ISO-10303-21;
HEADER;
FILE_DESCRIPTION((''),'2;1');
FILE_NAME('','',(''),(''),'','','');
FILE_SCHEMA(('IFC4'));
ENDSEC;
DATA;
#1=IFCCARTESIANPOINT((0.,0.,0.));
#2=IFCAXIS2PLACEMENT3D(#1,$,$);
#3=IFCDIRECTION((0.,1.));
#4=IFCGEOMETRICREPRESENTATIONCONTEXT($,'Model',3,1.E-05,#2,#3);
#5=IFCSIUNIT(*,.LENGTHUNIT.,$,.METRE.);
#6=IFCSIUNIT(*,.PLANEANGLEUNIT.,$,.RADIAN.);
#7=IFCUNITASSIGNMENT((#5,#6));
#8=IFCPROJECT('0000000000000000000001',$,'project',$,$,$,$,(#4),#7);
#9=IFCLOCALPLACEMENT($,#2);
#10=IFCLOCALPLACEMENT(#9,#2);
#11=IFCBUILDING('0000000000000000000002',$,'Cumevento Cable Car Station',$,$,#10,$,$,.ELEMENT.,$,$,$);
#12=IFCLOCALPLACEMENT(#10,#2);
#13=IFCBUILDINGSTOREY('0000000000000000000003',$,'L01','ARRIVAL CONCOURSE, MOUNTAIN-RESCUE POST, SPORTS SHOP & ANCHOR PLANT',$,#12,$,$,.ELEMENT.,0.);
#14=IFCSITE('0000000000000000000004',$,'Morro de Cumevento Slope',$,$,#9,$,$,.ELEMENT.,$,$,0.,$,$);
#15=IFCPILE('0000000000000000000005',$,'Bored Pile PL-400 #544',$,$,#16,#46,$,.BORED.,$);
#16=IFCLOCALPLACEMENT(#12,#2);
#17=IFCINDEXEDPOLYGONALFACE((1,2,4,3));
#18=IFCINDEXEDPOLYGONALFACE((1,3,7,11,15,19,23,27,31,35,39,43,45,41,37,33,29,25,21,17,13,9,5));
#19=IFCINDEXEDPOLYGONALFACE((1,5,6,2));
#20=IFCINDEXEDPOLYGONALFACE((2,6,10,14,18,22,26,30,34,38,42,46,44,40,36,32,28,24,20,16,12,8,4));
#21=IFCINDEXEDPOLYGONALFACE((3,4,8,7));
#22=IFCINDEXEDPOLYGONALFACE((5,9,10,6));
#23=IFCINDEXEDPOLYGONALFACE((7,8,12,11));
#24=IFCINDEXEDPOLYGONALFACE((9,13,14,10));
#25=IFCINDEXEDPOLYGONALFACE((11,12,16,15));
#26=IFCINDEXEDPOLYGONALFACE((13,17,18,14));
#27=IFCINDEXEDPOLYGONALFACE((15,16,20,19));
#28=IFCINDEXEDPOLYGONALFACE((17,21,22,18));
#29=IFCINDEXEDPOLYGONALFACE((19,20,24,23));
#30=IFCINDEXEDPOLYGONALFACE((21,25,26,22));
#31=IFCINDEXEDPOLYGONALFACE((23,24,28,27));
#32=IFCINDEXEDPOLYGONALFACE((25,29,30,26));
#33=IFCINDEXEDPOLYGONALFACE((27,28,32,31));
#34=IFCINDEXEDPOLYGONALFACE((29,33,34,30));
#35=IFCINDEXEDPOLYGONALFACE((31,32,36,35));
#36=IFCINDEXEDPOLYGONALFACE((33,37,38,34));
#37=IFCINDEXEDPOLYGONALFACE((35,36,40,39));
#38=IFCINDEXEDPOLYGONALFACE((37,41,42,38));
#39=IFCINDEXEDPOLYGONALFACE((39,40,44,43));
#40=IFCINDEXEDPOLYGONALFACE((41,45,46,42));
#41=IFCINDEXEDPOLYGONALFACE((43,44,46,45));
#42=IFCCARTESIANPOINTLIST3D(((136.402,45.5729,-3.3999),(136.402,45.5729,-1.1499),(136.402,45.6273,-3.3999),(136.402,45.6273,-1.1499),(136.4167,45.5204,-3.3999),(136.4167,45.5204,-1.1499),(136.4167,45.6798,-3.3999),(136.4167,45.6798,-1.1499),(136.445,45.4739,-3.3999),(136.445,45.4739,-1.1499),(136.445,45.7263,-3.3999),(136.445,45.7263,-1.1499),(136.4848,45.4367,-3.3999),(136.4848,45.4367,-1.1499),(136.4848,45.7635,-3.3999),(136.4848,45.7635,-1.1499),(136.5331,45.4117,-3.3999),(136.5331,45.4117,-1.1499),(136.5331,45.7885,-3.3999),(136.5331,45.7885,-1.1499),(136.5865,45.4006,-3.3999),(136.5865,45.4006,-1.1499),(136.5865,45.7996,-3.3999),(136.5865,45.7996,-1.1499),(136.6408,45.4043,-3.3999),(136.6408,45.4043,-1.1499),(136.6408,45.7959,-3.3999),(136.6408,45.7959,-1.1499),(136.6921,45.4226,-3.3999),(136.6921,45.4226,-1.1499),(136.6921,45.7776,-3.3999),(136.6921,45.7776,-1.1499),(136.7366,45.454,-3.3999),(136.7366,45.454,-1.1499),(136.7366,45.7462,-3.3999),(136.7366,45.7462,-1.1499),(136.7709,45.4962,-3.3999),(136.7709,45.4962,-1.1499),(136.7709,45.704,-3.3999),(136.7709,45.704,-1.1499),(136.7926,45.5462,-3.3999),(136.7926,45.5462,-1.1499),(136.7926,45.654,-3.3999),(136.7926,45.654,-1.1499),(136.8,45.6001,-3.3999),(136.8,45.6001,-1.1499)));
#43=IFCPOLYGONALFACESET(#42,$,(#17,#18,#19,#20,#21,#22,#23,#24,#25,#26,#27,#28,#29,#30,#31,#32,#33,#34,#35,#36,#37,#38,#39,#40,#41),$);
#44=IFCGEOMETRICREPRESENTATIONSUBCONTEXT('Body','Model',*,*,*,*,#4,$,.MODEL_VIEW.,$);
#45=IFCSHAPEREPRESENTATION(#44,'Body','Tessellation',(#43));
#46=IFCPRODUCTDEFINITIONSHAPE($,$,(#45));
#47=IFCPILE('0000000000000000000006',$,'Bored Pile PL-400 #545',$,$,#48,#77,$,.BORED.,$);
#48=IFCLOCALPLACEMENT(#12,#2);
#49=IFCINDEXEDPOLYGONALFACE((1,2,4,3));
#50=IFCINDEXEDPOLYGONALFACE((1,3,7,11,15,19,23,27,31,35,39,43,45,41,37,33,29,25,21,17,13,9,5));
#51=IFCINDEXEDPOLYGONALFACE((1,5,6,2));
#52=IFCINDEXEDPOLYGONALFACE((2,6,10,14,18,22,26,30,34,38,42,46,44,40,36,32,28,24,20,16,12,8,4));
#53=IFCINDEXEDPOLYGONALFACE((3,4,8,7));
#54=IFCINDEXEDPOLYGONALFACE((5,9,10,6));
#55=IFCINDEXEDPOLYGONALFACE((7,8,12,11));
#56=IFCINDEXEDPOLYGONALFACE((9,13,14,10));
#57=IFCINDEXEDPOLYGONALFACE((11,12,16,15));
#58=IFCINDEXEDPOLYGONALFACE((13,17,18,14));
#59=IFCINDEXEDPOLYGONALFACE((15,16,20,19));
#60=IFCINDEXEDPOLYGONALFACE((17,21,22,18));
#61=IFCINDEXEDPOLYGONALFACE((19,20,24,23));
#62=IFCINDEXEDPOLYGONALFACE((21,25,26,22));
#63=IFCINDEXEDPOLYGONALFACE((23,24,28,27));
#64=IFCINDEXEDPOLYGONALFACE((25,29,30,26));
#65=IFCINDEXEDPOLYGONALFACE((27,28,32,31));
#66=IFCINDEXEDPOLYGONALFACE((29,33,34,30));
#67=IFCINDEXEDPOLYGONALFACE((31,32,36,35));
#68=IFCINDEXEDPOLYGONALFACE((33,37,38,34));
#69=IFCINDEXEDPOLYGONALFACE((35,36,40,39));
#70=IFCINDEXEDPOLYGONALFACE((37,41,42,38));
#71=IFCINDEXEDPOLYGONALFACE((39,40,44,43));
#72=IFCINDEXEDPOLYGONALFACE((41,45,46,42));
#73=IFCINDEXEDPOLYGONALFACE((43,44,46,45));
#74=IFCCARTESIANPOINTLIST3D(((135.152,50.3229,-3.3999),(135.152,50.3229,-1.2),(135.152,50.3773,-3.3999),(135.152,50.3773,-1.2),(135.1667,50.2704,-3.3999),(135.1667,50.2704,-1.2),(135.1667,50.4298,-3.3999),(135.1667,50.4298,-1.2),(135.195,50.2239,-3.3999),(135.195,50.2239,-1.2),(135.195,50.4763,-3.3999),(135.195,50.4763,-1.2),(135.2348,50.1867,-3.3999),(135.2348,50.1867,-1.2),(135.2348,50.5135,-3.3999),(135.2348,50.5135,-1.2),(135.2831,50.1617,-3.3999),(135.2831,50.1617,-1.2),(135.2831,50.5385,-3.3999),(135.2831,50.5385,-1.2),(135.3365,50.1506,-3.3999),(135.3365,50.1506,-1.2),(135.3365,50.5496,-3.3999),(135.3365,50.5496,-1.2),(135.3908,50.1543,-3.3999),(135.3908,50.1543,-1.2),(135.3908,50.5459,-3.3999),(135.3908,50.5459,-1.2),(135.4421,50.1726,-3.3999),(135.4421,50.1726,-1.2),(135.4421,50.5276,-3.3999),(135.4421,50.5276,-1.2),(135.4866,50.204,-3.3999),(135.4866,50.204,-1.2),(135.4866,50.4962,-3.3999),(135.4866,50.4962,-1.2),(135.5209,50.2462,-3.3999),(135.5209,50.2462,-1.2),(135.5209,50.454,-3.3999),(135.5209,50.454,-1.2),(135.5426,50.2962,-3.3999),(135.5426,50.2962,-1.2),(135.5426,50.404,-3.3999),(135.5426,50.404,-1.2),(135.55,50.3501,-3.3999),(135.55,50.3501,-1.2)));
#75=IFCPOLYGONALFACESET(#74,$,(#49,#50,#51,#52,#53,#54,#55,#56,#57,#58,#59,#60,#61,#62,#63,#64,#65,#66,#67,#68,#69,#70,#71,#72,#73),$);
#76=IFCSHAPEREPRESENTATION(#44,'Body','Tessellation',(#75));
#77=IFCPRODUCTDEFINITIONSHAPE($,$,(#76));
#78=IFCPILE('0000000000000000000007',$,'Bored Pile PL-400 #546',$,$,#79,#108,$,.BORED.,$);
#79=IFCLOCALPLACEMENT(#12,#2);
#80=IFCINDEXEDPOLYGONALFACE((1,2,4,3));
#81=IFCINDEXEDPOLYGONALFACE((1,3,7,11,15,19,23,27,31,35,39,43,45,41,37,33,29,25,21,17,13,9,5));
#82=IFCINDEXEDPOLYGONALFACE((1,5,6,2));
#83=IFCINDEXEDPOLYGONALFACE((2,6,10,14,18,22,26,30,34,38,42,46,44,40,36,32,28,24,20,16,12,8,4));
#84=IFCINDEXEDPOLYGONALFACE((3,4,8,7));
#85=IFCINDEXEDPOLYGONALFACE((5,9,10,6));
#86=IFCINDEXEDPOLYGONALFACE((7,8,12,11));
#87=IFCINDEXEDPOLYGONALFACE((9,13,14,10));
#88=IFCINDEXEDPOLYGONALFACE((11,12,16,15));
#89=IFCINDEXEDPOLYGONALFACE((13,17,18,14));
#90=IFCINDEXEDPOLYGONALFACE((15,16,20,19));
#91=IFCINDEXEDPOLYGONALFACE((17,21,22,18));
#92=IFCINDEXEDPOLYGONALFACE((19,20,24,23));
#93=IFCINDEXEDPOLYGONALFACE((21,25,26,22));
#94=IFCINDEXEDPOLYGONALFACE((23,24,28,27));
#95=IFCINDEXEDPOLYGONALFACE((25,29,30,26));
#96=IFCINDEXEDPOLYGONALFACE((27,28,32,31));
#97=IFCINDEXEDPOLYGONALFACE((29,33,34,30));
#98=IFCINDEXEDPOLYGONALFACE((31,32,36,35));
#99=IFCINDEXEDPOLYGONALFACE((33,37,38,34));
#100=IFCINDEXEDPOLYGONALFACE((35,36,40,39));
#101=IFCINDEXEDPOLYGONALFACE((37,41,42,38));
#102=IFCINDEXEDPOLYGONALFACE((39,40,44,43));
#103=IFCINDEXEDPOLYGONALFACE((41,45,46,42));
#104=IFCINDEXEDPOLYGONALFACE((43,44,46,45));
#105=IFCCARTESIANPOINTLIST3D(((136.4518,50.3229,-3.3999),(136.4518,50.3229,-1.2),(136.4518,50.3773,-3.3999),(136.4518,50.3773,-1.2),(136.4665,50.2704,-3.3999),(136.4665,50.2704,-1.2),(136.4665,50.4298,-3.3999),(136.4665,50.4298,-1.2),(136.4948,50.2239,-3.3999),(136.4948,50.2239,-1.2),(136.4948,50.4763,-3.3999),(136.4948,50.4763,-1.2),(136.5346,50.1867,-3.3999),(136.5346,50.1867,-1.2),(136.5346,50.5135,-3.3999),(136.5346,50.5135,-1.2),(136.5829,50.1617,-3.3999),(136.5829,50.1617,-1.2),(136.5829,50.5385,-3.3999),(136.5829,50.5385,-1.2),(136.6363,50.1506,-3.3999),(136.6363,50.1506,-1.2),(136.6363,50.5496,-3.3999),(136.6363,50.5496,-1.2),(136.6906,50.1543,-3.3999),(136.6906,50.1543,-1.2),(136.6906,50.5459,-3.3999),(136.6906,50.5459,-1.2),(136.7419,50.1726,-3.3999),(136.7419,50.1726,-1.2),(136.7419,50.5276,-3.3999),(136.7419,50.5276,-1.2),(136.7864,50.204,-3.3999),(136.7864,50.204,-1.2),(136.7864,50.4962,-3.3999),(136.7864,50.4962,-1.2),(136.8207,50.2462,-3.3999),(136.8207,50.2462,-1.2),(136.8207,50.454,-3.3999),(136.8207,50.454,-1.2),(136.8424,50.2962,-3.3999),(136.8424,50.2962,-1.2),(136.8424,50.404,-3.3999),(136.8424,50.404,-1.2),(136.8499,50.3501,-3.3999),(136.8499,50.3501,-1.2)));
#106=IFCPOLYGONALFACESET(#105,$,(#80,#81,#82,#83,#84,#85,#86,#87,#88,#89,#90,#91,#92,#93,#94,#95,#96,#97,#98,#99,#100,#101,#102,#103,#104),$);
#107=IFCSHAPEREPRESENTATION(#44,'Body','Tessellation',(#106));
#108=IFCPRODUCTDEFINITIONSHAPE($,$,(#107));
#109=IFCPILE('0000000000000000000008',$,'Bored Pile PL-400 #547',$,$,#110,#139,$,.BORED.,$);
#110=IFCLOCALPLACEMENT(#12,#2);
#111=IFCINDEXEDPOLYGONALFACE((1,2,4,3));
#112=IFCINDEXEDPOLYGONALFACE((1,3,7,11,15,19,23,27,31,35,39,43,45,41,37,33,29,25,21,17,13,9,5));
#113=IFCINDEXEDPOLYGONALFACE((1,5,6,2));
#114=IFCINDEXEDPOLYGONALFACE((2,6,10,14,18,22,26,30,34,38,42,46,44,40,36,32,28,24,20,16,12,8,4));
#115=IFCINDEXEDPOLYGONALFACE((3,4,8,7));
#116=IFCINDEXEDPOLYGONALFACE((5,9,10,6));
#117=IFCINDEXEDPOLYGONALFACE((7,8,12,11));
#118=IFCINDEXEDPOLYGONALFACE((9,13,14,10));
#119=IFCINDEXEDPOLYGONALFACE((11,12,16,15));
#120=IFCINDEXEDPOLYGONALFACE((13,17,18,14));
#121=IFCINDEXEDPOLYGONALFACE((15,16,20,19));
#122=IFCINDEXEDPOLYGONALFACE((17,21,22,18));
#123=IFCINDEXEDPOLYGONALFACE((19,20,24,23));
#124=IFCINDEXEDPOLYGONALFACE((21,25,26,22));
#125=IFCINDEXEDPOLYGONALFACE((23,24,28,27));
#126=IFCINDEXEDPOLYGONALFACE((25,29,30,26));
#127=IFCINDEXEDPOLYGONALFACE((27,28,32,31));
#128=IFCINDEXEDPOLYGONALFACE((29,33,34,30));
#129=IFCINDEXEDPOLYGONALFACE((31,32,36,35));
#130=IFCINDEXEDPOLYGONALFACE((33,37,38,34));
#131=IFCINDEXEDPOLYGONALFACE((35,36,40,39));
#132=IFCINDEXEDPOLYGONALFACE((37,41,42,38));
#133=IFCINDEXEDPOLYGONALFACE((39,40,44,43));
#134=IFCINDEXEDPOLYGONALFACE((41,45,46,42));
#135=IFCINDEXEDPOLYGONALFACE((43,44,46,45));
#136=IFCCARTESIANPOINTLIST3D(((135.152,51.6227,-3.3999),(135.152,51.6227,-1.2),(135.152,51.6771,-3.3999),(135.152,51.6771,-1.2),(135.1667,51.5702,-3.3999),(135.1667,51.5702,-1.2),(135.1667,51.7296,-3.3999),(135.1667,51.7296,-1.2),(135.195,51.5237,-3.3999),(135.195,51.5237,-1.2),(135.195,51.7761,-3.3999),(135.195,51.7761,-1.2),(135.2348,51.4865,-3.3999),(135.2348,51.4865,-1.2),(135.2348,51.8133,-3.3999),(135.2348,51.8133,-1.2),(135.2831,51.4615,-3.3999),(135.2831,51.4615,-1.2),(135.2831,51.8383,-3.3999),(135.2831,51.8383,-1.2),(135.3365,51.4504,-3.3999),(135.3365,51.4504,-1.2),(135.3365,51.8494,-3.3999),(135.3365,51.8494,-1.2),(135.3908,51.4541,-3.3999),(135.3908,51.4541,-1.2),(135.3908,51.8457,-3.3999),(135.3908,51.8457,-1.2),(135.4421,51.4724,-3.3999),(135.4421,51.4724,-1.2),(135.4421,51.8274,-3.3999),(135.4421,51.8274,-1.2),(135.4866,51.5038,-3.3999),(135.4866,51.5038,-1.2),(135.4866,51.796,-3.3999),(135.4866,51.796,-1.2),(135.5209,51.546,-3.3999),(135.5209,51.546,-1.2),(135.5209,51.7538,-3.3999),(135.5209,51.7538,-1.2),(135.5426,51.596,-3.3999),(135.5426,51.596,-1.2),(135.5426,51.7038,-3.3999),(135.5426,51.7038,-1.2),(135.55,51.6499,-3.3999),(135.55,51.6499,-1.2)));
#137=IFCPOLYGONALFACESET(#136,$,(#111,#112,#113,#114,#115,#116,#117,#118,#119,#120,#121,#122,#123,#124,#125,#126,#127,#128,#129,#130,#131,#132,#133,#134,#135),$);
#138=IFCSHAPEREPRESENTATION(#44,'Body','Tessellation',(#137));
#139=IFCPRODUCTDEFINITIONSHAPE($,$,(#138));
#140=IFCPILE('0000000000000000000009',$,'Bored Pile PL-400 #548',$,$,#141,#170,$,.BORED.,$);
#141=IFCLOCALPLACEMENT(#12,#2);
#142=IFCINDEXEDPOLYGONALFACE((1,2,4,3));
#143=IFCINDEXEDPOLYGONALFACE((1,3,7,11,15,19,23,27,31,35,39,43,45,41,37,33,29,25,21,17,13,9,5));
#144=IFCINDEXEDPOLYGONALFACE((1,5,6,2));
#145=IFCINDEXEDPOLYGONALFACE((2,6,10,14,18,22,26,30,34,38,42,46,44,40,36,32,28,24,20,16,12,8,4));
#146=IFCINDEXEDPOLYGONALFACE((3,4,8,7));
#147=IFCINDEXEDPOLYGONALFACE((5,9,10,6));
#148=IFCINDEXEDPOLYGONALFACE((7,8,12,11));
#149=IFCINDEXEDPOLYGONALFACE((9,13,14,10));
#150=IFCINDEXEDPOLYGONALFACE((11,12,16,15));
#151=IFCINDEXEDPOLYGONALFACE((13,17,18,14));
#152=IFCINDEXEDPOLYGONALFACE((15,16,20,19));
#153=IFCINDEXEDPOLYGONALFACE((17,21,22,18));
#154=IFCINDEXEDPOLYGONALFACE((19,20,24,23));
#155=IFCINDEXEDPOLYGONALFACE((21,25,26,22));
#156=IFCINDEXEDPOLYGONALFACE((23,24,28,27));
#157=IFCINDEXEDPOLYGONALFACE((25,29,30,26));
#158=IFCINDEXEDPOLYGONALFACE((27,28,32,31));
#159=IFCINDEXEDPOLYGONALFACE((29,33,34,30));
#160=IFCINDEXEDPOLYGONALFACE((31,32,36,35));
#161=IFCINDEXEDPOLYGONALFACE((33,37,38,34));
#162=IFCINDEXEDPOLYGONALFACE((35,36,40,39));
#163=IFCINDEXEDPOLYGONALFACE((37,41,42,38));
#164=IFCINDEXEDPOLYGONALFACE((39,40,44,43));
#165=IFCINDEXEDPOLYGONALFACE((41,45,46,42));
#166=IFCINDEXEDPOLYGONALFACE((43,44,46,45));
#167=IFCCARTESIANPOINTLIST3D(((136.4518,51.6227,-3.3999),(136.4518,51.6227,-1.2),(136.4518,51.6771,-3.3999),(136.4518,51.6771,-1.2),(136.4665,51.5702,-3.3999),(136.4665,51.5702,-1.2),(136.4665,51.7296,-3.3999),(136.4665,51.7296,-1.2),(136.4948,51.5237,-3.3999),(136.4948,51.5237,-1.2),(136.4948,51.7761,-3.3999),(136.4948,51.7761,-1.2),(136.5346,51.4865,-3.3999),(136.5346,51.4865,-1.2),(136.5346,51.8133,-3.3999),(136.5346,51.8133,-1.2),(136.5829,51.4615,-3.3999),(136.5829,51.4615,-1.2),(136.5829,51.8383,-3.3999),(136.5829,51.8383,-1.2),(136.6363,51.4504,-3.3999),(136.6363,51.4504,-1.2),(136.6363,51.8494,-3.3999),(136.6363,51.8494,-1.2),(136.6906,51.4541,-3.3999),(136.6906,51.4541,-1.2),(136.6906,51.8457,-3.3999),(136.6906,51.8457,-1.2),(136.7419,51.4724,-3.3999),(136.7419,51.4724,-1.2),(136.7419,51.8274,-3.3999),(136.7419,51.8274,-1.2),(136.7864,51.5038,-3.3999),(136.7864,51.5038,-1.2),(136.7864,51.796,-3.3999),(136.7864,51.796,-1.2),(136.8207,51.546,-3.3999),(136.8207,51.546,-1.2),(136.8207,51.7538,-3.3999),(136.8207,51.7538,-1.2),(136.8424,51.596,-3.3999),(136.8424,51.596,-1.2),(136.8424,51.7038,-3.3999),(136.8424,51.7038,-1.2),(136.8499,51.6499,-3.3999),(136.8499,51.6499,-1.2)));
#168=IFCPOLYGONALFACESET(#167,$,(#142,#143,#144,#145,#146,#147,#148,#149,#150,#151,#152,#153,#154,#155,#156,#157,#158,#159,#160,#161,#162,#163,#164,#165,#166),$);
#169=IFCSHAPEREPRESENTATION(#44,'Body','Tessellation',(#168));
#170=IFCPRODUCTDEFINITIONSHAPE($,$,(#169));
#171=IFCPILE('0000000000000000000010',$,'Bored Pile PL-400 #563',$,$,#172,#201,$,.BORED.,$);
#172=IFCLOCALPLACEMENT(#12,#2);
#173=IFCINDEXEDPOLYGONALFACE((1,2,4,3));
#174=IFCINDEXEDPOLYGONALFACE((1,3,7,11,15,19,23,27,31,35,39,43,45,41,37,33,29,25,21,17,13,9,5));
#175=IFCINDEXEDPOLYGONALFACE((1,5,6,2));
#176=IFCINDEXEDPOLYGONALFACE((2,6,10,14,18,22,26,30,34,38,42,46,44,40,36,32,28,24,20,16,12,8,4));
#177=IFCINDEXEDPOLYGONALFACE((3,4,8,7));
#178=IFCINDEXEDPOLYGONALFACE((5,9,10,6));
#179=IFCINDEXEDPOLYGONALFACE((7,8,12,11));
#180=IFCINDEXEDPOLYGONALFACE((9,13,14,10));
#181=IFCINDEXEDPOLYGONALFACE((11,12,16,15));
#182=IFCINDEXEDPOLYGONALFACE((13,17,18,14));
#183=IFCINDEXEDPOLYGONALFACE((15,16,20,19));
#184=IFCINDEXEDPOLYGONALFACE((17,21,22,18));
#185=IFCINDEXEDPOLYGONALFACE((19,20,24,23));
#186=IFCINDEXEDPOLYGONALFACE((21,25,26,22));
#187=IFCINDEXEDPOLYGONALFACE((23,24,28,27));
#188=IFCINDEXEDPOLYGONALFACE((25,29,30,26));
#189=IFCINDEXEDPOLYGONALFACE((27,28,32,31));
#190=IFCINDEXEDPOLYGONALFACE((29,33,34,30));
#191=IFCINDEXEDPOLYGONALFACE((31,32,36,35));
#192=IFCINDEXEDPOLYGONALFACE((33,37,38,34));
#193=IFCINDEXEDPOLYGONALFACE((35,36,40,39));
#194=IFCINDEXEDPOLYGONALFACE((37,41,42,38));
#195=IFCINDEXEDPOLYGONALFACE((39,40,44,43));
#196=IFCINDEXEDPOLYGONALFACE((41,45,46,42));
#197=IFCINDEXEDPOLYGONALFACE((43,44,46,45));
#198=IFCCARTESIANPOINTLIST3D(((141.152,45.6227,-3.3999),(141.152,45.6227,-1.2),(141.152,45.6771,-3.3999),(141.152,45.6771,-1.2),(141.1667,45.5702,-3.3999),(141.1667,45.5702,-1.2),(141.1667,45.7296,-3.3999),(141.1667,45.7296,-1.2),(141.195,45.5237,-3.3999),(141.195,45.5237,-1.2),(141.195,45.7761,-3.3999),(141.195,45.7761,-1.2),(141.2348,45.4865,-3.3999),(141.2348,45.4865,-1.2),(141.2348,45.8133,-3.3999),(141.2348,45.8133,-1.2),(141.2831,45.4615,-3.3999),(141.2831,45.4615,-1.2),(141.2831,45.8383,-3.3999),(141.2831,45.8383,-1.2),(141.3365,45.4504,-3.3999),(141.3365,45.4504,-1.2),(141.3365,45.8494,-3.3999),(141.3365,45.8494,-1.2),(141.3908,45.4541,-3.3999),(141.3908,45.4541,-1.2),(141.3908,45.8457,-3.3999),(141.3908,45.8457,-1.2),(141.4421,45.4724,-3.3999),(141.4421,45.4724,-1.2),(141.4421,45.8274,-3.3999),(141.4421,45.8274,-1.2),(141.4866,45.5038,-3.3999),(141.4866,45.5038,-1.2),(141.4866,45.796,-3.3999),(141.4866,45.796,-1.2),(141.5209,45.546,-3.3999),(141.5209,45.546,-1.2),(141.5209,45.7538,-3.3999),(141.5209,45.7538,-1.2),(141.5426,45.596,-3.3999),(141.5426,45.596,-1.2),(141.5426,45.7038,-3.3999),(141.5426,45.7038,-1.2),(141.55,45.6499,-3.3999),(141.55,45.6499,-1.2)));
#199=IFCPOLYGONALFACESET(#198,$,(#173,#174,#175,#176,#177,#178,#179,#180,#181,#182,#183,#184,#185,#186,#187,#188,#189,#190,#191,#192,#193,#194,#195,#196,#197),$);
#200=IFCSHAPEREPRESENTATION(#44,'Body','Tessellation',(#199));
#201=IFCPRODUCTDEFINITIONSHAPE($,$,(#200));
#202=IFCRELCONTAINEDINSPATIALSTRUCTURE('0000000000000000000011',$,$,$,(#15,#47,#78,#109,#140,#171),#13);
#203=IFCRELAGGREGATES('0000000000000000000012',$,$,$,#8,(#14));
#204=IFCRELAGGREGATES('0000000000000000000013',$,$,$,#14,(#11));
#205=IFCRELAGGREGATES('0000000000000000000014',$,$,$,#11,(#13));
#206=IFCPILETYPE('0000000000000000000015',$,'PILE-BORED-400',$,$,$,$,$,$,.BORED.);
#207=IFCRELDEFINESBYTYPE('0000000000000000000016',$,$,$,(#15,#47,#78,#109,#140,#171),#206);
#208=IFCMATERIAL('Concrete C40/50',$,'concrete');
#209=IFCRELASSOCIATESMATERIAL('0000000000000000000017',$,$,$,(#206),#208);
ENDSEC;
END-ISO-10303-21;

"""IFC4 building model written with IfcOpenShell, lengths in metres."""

from ifc_helpers import new_model, si_unit, direction, frame, origin, origin_2d, place, context, subcontext, project, spatial, circle, extrude, material, material_profile, profile_set, type_object, element, save


model = new_model("IFC4")

# Units and contexts
model_context = context("Model", 3, precision=1e-05, world=origin(), true_north=direction((0.0, 1.0)))
body_context = subcontext(model_context, "Body", "Model", "MODEL_VIEW")
ifc_project = project(units=[si_unit("LENGTHUNIT", "METRE"), si_unit("PLANEANGLEUNIT", "RADIAN")], contexts=[model_context])

# Site, building, storey
site_placement = place(None, origin())
site = spatial("IfcSite", under=ifc_project, at=site_placement, Name="Morro de Cumevento Slope", CompositionType="ELEMENT", RefElevation=0.0)
building_placement = place(site_placement, origin())
building = spatial("IfcBuilding", under=site, at=building_placement, Name="Cumevento Cable Car Station", CompositionType="ELEMENT")
storey_placement = place(building_placement, origin())
storey = spatial("IfcBuildingStorey", under=building, at=storey_placement, Name="L01", Description="ARRIVAL CONCOURSE, MOUNTAIN-RESCUE POST, SPORTS SHOP & ANCHOR PLANT", CompositionType="ELEMENT", Elevation=0.0)

# Piles
ifc_material_1 = material(Name="Concrete C40/50", Category="concrete")
ifc_material_profile_1 = material_profile(ifc_material_1, circle(Radius=0.2, at=origin_2d()), Name="PILE-D400")
ifc_profile_set_1 = profile_set([ifc_material_profile_1], Name="Concrete C40/50")
pile_type = type_object("IfcPileType", Name="PILE-BORED-400", PredefinedType="BORED", material=ifc_profile_set_1)
pile_placement = place(storey_placement, frame((136.6001, 45.6001, -1.1499), z_axis=(0.0, 0.0, -1.0), x_axis=(1.0, 0.0, 0.0)))
element("IfcPile", 1, at=pile_placement, inside=storey, type_object=pile_type, Name="Bored Pile PL-400 #544", PredefinedType="BORED", context=body_context, shape_type="SweptSolid", body=[
    extrude(circle(Radius=0.2, at=origin_2d()), origin(), (0.0, 0.0, 1.0), 2.25),
])
for number, where, z_axis, x_axis, name in (
    (2, (135.3501, 50.3501, -1.2), (0.0, 0.0, -1.0), (1.0, 0.0, 0.0), "Bored Pile PL-400 #545"),
    (3, (136.6499, 50.3501, -1.2), (0.0, 0.0, -1.0), (1.0, 0.0, 0.0), "Bored Pile PL-400 #546"),
    (4, (135.3501, 51.6499, -1.2), (0.0, 0.0, -1.0), (1.0, 0.0, 0.0), "Bored Pile PL-400 #547"),
    (5, (136.6499, 51.6499, -1.2), (0.0, 0.0, -1.0), (1.0, 0.0, 0.0), "Bored Pile PL-400 #548"),
    (6, (141.3501, 45.6499, -1.2), (0.0, 0.0, -1.0), (1.0, 0.0, 0.0), "Bored Pile PL-400 #563"),
):
    element("IfcPile", number, at=place(storey_placement, frame(where, z_axis=z_axis, x_axis=x_axis)), inside=storey, type_object=pile_type, Name=name, PredefinedType="BORED", context=body_context, shape_type="SweptSolid", body=[
        extrude(circle(Radius=0.2, at=origin_2d()), origin(), (0.0, 0.0, 1.0), 2.2),
    ])

save(model, "model.ifc")
